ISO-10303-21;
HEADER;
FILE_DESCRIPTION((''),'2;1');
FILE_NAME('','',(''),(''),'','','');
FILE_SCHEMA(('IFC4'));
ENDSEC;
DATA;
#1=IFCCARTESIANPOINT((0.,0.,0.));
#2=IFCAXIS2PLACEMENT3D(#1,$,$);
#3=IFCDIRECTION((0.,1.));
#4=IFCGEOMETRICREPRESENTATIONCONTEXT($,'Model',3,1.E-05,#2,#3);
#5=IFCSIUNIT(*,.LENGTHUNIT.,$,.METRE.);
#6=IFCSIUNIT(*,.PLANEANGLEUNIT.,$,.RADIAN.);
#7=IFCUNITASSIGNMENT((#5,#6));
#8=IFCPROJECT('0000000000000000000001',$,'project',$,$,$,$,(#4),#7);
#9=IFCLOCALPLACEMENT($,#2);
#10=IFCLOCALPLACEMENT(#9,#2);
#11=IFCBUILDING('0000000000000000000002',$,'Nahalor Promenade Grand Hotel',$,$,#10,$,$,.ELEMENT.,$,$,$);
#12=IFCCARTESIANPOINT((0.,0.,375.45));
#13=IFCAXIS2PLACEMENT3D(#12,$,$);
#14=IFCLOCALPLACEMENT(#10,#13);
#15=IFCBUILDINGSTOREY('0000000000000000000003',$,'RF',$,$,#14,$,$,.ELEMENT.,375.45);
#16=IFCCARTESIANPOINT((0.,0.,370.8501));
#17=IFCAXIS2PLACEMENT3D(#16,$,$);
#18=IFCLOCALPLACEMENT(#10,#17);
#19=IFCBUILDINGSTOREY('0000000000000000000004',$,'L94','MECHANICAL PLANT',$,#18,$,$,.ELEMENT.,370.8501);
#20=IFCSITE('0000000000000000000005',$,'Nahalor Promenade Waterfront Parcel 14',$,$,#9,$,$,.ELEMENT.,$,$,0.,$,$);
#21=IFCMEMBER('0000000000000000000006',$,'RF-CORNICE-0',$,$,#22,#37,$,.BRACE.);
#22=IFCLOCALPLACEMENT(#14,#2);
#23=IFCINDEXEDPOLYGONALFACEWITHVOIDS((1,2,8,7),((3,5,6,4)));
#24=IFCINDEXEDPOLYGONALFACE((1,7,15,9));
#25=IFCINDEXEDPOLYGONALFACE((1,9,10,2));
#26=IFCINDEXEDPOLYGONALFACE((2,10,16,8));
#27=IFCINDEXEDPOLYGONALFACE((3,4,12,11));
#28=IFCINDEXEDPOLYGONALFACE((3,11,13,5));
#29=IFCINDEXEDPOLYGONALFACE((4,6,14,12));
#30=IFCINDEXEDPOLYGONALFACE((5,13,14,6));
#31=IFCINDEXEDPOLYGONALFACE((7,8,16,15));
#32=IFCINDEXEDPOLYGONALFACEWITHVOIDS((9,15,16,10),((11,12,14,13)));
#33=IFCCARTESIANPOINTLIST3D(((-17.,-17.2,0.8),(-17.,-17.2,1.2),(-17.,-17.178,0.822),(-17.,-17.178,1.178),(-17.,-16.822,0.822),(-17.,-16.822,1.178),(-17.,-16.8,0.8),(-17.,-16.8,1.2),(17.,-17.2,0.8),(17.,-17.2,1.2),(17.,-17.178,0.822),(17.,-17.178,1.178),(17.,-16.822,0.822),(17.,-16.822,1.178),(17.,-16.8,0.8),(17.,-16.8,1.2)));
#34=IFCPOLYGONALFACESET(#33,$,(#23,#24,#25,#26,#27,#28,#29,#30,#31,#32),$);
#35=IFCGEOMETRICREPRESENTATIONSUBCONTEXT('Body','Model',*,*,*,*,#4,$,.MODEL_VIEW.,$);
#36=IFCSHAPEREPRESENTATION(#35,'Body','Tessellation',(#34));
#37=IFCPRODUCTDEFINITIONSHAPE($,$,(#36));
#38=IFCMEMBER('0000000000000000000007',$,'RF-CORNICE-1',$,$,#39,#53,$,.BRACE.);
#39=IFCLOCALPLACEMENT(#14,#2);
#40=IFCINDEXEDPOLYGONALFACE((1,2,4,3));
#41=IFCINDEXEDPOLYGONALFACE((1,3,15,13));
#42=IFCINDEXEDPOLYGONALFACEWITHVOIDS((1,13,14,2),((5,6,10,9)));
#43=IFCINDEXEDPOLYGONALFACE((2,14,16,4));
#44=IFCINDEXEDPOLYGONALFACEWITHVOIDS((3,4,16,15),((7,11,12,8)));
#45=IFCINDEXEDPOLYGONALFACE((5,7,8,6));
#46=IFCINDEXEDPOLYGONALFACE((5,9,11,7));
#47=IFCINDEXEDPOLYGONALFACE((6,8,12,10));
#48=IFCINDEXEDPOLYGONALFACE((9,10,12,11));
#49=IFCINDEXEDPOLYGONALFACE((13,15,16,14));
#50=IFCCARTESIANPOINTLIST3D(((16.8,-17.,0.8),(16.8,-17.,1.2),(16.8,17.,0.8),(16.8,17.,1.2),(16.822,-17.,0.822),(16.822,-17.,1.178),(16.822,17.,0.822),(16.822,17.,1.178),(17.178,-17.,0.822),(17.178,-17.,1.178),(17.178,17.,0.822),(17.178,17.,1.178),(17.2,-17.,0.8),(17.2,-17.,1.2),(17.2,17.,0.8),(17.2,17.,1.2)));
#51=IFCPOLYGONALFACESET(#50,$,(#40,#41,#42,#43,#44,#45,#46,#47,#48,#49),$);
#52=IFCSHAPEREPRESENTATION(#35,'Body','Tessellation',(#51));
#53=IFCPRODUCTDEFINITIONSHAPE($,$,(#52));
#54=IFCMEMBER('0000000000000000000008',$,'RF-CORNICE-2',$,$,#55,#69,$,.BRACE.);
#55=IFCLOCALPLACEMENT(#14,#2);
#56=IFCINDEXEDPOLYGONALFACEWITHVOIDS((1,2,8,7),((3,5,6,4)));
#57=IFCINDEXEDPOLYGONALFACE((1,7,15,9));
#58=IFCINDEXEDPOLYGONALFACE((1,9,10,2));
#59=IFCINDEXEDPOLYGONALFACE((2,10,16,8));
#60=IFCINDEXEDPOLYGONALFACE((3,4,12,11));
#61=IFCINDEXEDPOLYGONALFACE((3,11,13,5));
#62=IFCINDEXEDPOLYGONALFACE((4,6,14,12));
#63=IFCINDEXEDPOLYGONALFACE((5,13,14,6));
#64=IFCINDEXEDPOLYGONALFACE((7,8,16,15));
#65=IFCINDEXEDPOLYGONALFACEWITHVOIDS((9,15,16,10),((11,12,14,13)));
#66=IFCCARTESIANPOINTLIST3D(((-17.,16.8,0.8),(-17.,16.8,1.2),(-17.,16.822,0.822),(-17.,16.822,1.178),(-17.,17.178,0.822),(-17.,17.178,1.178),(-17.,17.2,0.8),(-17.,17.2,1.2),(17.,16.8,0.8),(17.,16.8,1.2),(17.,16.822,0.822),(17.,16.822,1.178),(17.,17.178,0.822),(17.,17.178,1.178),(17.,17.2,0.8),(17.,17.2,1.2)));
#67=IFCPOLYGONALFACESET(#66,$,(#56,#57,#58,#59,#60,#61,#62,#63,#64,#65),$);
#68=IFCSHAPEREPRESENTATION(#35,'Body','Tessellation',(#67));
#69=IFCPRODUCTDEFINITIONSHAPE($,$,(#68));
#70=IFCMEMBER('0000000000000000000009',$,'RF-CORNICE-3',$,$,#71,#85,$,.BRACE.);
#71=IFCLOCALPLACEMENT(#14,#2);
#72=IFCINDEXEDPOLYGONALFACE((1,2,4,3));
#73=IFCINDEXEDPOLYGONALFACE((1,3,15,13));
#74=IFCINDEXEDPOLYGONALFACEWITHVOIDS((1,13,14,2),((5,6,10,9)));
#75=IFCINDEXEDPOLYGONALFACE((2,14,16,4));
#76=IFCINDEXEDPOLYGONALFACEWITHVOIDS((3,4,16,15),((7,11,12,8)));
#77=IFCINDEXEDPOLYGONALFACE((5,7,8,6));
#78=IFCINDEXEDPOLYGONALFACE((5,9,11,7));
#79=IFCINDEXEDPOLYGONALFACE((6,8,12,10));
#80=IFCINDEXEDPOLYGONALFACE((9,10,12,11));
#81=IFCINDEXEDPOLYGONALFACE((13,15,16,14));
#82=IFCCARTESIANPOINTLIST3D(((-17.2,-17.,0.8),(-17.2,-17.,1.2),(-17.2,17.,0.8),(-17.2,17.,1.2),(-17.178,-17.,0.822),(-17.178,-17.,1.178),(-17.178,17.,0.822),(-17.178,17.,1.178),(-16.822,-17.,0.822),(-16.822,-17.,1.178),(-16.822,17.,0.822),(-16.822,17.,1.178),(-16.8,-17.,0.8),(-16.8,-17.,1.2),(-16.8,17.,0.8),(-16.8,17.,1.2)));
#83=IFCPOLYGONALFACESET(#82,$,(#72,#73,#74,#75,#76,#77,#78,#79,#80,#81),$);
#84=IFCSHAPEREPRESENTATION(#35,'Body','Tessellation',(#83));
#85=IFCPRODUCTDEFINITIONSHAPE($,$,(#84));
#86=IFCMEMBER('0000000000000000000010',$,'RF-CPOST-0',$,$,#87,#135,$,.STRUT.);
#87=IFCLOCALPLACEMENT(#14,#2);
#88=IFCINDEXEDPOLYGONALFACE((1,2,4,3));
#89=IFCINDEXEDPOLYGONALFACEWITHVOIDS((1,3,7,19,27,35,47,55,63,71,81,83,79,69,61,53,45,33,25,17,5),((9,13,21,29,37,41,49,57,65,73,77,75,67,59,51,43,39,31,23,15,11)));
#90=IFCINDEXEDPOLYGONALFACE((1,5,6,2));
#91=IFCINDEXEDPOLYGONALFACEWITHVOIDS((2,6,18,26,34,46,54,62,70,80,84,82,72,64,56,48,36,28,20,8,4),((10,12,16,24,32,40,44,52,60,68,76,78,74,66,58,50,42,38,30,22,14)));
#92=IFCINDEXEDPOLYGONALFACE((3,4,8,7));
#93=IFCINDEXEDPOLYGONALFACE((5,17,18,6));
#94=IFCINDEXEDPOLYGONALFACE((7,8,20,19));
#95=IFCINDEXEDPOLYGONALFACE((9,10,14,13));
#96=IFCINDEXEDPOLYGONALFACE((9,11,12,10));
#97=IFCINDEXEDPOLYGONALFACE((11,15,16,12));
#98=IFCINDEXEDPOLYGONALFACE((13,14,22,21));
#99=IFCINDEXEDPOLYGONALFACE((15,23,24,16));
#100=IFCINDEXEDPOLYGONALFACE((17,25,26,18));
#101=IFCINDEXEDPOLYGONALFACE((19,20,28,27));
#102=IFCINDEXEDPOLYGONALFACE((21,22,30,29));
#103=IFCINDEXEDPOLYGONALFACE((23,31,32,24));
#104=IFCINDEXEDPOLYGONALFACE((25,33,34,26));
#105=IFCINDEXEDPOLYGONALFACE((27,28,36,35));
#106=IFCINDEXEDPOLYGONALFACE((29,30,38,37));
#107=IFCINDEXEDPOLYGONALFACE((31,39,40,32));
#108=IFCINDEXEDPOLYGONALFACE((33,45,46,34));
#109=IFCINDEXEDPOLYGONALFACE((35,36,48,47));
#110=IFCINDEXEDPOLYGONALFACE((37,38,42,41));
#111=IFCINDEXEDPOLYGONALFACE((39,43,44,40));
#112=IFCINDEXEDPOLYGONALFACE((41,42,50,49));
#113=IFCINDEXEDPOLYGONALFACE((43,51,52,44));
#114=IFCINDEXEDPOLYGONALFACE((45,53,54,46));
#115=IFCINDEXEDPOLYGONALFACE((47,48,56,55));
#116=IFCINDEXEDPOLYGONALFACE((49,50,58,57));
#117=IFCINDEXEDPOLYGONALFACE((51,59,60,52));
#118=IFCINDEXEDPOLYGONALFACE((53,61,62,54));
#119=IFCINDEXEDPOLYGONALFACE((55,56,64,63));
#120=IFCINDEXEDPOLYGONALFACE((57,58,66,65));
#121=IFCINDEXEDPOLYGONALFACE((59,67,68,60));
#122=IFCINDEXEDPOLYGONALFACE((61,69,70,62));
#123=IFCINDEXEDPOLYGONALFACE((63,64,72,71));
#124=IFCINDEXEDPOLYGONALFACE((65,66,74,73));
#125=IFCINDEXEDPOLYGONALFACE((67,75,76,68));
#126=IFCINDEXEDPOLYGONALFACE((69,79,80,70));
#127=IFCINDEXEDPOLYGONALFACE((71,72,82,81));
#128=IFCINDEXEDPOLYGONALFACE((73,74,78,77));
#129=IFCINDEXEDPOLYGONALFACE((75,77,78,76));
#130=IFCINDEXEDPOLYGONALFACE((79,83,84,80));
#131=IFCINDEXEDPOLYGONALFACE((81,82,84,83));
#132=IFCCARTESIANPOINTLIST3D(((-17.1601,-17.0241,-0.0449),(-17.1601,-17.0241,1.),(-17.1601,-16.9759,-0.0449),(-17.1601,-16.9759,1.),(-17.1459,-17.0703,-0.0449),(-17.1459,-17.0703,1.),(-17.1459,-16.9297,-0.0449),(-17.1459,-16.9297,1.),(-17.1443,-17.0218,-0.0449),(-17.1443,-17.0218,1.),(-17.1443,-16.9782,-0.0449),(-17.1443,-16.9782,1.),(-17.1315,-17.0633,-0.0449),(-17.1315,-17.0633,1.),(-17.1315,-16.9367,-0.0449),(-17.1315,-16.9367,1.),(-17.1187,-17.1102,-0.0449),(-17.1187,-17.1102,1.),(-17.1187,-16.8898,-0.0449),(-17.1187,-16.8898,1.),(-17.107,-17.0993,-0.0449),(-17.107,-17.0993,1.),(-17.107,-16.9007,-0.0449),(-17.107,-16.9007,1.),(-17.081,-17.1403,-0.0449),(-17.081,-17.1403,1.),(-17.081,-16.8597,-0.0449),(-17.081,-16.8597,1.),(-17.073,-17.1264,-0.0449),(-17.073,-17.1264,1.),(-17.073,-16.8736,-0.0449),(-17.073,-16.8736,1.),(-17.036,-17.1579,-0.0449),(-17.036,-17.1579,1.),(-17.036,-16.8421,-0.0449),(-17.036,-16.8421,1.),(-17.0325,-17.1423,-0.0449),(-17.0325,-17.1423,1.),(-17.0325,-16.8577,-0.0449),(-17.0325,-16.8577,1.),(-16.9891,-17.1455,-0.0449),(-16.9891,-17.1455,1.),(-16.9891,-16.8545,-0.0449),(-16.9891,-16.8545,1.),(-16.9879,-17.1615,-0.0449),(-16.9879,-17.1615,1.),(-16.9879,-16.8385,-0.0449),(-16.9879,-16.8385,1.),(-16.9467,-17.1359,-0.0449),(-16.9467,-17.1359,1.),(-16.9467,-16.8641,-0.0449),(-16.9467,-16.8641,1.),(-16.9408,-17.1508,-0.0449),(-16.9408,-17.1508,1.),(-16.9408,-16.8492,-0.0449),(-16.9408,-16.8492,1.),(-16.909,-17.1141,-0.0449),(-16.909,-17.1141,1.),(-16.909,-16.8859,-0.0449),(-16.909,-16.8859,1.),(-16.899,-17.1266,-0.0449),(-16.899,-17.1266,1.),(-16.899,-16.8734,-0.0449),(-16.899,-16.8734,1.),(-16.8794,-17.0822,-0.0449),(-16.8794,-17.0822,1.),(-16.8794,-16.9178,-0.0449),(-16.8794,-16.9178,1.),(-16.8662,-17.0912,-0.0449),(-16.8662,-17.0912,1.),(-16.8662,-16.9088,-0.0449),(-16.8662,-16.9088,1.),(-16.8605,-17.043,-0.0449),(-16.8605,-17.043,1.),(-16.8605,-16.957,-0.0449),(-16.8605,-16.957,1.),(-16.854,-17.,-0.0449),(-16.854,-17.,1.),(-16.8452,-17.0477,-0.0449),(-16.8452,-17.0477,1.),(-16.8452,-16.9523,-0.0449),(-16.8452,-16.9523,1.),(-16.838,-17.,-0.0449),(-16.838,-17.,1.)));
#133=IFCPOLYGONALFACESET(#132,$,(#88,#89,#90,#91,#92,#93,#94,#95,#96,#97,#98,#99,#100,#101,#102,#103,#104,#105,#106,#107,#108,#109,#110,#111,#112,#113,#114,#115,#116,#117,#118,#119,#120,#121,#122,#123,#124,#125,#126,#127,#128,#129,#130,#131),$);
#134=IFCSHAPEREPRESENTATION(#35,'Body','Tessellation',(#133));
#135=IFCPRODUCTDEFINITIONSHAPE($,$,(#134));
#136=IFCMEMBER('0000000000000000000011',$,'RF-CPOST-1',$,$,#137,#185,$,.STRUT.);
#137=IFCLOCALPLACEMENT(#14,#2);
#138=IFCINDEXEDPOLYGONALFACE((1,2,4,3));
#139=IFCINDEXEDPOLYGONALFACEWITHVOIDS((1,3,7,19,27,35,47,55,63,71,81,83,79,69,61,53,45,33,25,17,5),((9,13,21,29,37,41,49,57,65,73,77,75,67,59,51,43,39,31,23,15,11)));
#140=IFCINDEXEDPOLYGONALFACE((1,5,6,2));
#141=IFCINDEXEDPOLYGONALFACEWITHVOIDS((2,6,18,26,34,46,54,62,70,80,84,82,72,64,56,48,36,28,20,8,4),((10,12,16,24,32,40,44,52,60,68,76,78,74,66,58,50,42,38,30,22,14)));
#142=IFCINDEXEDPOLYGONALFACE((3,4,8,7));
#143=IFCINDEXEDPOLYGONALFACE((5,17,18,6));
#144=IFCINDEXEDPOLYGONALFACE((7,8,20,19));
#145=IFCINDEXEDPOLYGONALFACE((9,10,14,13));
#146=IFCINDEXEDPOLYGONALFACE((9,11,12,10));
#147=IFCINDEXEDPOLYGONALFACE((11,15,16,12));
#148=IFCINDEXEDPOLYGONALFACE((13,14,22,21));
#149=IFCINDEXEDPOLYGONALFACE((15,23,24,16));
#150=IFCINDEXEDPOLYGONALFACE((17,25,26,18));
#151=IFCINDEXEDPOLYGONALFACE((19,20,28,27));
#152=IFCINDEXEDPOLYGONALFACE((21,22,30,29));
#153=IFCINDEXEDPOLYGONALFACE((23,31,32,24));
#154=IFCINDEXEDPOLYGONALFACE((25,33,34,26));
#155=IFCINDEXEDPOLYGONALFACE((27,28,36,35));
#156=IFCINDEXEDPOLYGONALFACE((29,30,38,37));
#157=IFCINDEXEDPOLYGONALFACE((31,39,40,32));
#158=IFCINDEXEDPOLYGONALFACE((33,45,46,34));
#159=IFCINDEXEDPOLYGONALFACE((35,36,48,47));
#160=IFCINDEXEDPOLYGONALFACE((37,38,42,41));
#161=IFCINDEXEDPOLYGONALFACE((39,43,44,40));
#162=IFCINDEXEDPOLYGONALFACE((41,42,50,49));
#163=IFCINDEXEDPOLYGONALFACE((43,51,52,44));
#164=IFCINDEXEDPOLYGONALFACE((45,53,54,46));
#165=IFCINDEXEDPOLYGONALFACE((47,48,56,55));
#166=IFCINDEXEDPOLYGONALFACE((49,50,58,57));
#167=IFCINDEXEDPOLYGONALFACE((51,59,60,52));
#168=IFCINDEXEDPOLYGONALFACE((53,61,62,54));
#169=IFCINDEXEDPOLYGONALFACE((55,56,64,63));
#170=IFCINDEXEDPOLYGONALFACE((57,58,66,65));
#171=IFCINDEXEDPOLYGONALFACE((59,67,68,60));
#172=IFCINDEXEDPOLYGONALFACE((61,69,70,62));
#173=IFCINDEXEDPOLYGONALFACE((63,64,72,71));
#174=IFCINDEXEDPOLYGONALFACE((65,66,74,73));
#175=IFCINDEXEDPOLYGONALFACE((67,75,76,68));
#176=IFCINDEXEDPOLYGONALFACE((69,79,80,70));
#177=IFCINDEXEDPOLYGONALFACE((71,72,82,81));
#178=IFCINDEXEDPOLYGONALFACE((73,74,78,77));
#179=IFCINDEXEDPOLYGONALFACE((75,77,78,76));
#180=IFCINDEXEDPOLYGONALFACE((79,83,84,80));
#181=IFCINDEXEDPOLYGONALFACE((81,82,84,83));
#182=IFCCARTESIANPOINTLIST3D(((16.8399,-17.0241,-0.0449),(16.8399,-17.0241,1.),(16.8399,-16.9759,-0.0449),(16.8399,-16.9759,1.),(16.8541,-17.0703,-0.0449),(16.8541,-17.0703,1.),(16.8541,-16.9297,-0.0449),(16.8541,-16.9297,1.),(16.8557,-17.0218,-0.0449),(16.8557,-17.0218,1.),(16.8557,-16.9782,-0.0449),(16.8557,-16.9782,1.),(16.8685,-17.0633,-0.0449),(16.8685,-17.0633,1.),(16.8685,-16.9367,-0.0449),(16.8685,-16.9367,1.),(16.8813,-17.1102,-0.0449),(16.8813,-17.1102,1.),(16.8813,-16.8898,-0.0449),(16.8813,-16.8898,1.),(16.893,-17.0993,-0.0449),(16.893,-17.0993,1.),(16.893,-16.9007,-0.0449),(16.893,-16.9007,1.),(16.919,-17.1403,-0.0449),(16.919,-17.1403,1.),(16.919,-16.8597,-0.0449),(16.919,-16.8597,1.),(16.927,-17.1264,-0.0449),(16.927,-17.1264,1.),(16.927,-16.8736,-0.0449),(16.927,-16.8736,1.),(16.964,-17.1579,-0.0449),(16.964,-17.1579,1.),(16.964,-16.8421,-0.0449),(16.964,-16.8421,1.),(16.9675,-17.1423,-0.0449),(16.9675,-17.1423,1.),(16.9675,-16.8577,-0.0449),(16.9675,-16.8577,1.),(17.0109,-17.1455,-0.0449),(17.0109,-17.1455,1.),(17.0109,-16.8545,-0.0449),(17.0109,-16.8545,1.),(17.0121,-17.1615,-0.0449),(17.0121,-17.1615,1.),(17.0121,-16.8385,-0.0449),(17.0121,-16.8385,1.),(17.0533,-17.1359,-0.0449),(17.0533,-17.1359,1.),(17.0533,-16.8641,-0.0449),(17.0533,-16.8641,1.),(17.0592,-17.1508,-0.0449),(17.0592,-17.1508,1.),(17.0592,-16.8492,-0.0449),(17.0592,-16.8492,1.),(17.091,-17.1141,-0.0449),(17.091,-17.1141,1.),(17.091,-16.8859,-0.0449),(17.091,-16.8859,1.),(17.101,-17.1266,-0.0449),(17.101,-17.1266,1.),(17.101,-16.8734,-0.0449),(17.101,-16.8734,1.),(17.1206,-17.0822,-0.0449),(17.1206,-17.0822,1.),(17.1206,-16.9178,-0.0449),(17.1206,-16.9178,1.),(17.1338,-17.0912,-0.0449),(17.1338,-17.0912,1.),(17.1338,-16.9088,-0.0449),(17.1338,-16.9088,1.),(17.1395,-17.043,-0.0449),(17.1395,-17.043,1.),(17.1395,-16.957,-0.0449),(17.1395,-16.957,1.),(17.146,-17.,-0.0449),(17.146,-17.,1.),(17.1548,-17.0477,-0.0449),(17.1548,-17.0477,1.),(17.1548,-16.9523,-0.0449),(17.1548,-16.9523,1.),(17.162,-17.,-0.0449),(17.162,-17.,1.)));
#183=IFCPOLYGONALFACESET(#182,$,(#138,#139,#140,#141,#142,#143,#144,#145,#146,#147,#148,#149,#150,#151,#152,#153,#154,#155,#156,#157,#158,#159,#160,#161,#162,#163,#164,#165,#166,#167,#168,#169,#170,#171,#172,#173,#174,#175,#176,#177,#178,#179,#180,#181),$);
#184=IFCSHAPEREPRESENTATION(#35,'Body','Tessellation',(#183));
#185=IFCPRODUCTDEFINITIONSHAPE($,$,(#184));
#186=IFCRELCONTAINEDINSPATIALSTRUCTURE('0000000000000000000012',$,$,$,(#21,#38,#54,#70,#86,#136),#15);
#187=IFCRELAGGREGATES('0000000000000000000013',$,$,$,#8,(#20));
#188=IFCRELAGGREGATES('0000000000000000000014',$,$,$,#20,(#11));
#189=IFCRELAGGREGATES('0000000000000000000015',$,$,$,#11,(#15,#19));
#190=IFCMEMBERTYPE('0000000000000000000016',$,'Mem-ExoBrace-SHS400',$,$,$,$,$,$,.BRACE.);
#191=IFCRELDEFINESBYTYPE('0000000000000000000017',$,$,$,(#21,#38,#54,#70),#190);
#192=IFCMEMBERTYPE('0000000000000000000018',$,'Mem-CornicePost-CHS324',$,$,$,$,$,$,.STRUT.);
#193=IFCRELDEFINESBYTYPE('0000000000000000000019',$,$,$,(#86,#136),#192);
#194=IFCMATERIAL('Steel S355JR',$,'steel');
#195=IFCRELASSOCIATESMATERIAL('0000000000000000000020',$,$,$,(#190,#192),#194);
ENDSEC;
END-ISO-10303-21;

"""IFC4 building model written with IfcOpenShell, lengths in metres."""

from ifc_helpers import new_model, si_unit, direction, frame, origin, origin_2d, place, context, subcontext, project, spatial, hollow_rectangle, hollow_circle, extrude, source, transform, mapped, material, material_profile, profile_set, type_object, element, save


model = new_model("IFC4")

# Units and contexts
model_context = context("Model", 3, precision=1e-05, world=origin(), true_north=direction((0.0, 1.0)))
body_context = subcontext(model_context, "Body", "Model", "MODEL_VIEW")
ifc_project = project(units=[si_unit("LENGTHUNIT", "METRE"), si_unit("PLANEANGLEUNIT", "RADIAN")], contexts=[model_context])

# Site, building, storey
site_placement = place(None, origin())
site = spatial("IfcSite", under=ifc_project, at=site_placement, Name="Nahalor Promenade Waterfront Parcel 14", CompositionType="ELEMENT", RefElevation=0.0)
building_placement = place(site_placement, origin())
building = spatial("IfcBuilding", under=site, at=building_placement, Name="Nahalor Promenade Grand Hotel", CompositionType="ELEMENT")
storey_1_placement = place(building_placement, frame((0.0, 0.0, 375.45)))
storey_1 = spatial("IfcBuildingStorey", under=building, at=storey_1_placement, Name="RF", CompositionType="ELEMENT", Elevation=375.45)

# Members
ifc_material_1 = material(Name="Steel S355JR", Category="steel")
ifc_material_profile_1 = material_profile(ifc_material_1, hollow_rectangle(XDim=0.4, YDim=0.4, WallThickness=0.022, at=origin_2d()), Name="SHS 400x400x22")
ifc_profile_set_1 = profile_set([ifc_material_profile_1], Name="Steel S355JR")
member_type_1 = type_object("IfcMemberType", Name="Mem-ExoBrace-SHS400", PredefinedType="BRACE", material=ifc_profile_set_1)
shared_shape_1 = source(origin(), body_context, "Body", "SweptSolid", [
    extrude(hollow_rectangle(XDim=0.4, YDim=0.4, WallThickness=0.022, at=origin_2d()), origin(), (0.0, 0.0, 1.0), 34.0),
])
for number, where, z_axis, x_axis, name in (
    (1, (-17.0, -17.0, 1.0), (1.0, 0.0, 0.0), (0.0, 1.0, 0.0), "RF-CORNICE-0"),
    (2, (17.0, -17.0, 1.0), (0.0, 1.0, 0.0), (-1.0, 0.0, 0.0), "RF-CORNICE-1"),
    (3, (17.0, 17.0, 1.0), (-1.0, 0.0, 0.0), (0.0, -1.0, 0.0), "RF-CORNICE-2"),
    (4, (-17.0, 17.0, 1.0), (0.0, -1.0, 0.0), (1.0, 0.0, 0.0), "RF-CORNICE-3"),
):
    element("IfcMember", number, at=place(storey_1_placement, frame(where, z_axis=z_axis, x_axis=x_axis)), inside=storey_1, type_object=member_type_1, Name=name, PredefinedType="BRACE", context=body_context, shape_type="MappedRepresentation", body=[
        mapped(shared_shape_1, transform((0.0, 0.0, 0.0), scale=1.0)),
    ])
ifc_material_profile_2 = material_profile(ifc_material_1, hollow_circle(Radius=0.162, WallThickness=0.016, at=origin_2d()), Name="CHS 323.9x16")
ifc_profile_set_2 = profile_set([ifc_material_profile_2], Name="Steel S355JR")
member_type_2 = type_object("IfcMemberType", Name="Mem-CornicePost-CHS324", PredefinedType="STRUT", material=ifc_profile_set_2)
shared_shape_2 = source(origin(), body_context, "Body", "SweptSolid", [
    extrude(hollow_circle(Radius=0.162, WallThickness=0.016, at=origin_2d()), origin(), (0.0, 0.0, 1.0), 1.0449),
])
for number, where, z_axis, x_axis, name in (
    (5, (-17.0, -17.0, -0.0449), (0.0, 0.0, 1.0), (1.0, 0.0, 0.0), "RF-CPOST-0"),
    (6, (17.0, -17.0, -0.0449), (0.0, 0.0, 1.0), (1.0, 0.0, 0.0), "RF-CPOST-1"),
):
    element("IfcMember", number, at=place(storey_1_placement, frame(where, z_axis=z_axis, x_axis=x_axis)), inside=storey_1, type_object=member_type_2, Name=name, PredefinedType="STRUT", context=body_context, shape_type="MappedRepresentation", body=[
        mapped(shared_shape_2, transform((0.0, 0.0, 0.0), scale=1.0)),
    ])

# Shared definitions
storey_2_placement = place(building_placement, frame((0.0, 0.0, 370.8501)))
storey_2 = spatial("IfcBuildingStorey", under=building, at=storey_2_placement, Name="L94", Description="MECHANICAL PLANT", CompositionType="ELEMENT", Elevation=370.8501)

save(model, "model.ifc")
